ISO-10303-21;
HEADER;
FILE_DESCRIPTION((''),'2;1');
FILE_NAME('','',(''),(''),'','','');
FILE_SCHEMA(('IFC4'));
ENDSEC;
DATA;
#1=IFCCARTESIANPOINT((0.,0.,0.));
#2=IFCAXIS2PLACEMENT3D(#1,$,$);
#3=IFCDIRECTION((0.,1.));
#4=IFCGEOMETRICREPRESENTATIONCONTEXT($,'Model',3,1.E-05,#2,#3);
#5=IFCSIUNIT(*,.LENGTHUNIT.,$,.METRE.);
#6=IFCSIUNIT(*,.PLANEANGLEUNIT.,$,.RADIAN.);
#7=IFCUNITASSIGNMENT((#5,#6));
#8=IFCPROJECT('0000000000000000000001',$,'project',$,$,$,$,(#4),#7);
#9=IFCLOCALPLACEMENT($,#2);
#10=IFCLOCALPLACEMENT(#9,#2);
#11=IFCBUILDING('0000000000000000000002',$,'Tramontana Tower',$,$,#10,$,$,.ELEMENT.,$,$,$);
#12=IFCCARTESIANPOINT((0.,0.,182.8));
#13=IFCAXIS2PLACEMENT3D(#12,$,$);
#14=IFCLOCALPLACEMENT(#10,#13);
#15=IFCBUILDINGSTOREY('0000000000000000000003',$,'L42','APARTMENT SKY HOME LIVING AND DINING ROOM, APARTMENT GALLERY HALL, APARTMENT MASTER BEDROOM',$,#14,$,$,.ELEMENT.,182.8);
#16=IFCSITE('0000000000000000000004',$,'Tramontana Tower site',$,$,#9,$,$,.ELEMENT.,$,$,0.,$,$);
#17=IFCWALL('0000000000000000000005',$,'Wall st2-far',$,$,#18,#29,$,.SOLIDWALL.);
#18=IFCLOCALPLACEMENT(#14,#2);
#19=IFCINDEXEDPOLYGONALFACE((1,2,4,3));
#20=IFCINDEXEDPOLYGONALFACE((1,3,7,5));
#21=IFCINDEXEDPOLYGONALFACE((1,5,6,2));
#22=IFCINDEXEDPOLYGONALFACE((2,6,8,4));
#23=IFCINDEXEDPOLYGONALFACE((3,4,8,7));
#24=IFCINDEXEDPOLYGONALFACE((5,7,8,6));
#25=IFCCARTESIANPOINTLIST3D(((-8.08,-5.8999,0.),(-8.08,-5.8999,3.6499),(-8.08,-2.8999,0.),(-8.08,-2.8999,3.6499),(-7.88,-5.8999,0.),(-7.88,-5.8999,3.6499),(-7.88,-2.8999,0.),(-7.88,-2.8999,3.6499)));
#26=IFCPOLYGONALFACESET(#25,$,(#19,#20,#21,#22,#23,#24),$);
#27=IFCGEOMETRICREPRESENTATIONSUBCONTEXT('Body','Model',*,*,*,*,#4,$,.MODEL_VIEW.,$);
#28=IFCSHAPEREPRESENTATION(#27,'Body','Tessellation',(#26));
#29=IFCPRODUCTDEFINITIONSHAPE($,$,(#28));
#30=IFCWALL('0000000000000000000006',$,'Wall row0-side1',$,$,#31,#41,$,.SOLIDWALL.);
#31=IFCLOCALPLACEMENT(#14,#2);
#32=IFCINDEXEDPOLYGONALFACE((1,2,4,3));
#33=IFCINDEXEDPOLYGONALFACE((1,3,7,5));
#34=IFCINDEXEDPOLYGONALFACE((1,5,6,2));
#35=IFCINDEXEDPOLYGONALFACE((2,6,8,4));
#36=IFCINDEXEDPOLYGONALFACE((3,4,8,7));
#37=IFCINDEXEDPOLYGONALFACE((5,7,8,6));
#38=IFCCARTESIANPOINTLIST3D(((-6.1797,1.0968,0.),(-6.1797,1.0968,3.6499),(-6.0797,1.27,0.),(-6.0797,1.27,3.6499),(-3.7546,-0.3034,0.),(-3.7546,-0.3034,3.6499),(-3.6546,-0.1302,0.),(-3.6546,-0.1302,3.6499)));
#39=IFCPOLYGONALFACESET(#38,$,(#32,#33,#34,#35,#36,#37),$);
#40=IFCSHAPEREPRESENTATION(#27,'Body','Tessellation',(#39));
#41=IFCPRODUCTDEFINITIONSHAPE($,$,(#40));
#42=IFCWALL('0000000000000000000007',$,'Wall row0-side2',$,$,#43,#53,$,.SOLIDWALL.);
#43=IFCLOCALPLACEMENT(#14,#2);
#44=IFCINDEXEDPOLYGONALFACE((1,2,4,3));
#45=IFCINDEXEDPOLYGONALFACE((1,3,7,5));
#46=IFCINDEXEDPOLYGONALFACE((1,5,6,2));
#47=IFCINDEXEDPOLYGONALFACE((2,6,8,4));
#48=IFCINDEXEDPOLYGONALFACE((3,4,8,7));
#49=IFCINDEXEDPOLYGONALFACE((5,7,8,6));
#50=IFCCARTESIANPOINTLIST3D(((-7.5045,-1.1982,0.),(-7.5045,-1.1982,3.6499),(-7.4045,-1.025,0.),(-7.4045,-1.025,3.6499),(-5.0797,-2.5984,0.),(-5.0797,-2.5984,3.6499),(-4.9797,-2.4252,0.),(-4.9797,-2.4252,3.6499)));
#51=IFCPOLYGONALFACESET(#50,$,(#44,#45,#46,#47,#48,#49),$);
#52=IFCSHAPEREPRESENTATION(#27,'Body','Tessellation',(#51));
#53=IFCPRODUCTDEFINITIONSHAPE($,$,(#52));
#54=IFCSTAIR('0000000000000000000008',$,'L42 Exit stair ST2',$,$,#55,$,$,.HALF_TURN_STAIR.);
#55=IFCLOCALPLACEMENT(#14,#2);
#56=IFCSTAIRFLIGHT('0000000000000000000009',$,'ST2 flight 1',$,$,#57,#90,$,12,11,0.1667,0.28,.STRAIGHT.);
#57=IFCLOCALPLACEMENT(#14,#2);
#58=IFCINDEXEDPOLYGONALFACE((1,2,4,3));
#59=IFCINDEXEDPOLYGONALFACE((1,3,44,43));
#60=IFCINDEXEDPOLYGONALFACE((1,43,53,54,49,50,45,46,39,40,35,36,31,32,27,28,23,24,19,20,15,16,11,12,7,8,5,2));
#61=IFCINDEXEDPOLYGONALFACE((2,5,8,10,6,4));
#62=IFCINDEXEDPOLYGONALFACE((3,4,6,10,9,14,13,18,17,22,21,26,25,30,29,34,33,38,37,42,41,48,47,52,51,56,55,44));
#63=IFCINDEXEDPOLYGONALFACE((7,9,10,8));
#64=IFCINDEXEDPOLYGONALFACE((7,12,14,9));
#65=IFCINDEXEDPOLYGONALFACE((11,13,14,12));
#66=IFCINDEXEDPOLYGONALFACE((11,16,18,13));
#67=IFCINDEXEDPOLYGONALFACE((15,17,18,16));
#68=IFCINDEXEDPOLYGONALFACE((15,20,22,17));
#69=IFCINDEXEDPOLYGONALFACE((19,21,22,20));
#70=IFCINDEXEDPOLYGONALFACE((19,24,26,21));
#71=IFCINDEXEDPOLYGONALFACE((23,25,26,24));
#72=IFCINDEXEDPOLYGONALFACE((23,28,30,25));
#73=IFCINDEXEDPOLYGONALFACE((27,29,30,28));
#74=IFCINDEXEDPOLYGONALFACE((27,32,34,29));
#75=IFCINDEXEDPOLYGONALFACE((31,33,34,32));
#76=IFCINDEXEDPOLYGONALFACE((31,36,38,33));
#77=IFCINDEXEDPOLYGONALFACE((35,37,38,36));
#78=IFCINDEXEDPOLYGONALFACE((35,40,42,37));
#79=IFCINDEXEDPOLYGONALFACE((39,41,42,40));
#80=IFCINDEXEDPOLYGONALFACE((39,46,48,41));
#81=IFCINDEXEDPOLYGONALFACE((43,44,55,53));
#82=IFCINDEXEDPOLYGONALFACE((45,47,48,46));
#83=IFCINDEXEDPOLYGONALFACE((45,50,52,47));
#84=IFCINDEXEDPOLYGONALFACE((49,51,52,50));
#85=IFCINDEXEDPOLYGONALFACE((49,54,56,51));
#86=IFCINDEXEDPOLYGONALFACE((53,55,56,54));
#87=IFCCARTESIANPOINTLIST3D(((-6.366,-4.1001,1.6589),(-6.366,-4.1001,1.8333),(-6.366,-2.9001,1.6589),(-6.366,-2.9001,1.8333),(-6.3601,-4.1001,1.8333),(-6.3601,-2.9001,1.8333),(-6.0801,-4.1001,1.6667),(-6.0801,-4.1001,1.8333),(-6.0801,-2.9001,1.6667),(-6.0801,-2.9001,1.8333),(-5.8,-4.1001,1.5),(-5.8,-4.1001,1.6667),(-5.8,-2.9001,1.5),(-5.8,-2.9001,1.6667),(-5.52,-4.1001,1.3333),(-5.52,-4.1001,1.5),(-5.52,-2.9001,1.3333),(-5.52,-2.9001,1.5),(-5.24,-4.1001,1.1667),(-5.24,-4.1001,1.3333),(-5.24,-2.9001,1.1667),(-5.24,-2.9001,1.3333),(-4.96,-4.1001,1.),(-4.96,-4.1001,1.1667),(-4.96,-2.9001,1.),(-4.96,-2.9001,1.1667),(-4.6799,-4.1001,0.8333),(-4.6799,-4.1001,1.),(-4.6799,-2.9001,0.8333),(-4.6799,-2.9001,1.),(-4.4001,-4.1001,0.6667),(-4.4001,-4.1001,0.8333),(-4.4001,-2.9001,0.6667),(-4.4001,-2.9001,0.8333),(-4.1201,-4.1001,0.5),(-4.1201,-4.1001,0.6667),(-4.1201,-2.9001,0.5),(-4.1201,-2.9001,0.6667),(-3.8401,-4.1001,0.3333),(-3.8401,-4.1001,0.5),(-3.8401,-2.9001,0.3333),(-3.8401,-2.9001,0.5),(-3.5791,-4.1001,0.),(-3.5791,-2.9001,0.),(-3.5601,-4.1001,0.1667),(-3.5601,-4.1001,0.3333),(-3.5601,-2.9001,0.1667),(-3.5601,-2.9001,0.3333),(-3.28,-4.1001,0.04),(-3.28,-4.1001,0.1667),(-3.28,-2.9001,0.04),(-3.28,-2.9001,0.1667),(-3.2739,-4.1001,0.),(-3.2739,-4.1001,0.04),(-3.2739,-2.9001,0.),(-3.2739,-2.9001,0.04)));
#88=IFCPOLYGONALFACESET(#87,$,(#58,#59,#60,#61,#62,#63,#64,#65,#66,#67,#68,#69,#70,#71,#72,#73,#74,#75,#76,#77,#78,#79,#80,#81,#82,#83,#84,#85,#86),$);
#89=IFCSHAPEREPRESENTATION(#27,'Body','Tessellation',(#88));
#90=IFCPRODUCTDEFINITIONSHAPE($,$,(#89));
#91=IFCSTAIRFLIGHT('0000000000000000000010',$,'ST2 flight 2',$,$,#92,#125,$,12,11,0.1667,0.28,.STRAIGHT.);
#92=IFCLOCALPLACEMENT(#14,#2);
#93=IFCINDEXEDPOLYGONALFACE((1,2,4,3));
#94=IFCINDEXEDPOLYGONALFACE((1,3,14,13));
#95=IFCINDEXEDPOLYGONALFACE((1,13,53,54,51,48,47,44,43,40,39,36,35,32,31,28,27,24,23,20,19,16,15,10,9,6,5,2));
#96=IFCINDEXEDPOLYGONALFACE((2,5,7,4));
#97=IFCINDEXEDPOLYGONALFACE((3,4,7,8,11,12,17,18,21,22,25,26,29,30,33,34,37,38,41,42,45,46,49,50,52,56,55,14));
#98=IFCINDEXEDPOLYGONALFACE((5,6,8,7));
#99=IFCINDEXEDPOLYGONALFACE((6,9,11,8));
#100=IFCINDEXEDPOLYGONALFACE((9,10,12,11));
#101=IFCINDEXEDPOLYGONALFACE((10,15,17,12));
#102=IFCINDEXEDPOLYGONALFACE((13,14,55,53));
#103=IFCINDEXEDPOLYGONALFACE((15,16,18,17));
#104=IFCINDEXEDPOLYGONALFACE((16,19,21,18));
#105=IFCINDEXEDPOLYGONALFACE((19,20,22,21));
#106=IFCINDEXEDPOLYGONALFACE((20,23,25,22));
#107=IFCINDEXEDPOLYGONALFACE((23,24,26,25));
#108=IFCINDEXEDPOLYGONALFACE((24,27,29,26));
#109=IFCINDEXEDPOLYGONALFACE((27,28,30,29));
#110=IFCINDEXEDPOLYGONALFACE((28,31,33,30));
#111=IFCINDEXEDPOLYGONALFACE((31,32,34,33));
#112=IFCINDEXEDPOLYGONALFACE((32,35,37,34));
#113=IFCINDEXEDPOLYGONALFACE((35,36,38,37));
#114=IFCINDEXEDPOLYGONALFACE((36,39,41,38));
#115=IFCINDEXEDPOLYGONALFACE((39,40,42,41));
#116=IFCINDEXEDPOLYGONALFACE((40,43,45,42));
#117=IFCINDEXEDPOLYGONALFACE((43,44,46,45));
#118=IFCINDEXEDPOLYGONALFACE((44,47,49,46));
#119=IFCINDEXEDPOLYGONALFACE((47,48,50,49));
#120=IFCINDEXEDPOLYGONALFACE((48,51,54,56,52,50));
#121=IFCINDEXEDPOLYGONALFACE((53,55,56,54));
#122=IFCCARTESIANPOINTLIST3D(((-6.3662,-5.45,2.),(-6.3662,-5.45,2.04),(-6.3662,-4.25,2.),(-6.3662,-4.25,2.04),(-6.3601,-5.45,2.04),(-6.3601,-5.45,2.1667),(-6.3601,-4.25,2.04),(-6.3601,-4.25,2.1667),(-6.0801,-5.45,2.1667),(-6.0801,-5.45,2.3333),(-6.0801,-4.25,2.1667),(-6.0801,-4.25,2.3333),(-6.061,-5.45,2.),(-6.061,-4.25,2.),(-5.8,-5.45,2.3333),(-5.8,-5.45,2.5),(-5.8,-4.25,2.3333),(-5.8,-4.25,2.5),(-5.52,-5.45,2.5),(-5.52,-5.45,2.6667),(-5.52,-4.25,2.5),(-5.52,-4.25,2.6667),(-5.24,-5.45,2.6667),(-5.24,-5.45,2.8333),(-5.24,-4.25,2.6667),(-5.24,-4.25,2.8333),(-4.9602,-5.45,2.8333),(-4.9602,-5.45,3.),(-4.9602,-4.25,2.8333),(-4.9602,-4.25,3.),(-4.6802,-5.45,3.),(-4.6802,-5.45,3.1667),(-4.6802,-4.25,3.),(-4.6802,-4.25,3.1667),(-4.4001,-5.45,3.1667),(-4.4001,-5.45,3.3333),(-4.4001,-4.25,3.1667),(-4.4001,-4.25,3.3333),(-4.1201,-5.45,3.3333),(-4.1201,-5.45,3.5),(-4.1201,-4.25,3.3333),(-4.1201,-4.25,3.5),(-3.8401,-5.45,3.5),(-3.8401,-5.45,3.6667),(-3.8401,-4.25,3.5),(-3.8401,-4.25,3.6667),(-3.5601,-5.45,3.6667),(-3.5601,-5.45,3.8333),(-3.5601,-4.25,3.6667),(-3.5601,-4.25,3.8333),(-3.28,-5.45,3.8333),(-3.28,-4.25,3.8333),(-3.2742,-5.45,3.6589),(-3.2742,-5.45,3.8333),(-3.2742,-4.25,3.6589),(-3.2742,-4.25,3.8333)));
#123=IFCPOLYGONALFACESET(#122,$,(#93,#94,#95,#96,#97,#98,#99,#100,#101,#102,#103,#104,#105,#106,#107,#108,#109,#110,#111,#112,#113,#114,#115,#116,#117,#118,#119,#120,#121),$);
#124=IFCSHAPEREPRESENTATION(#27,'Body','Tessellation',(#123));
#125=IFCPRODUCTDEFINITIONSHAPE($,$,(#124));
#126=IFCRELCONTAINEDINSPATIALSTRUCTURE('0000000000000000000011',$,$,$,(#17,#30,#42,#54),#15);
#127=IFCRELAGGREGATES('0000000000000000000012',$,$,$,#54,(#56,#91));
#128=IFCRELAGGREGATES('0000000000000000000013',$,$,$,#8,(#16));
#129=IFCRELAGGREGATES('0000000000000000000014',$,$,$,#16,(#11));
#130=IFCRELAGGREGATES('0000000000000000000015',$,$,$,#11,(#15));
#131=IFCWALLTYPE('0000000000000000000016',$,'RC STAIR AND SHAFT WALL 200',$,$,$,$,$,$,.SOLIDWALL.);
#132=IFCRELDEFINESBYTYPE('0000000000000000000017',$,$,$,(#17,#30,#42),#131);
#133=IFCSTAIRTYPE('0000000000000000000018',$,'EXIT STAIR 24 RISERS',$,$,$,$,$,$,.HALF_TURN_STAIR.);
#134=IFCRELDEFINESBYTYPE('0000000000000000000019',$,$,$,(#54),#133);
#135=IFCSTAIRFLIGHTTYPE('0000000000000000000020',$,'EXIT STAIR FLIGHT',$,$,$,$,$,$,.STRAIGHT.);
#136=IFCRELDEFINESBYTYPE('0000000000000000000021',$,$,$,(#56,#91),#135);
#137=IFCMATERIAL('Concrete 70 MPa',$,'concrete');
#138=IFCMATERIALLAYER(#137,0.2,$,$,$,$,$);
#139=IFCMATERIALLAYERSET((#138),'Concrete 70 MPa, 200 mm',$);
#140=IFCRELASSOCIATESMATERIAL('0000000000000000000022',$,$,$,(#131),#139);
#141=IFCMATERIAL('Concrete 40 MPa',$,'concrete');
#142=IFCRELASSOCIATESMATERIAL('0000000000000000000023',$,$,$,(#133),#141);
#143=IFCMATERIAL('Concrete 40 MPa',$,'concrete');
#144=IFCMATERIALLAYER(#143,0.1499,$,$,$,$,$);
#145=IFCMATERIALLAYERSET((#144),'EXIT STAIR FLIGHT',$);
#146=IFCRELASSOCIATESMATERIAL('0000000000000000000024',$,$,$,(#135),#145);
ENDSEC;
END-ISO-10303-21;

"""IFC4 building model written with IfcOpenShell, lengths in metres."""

from ifc_helpers import new_model, si_unit, direction, frame, frame_2d, origin, place, context, subcontext, project, spatial, polyline, rectangle, outline, extrude, material, layer, layer_set, type_object, element, aggregate, save


model = new_model("IFC4")

# Units and contexts
model_context = context("Model", 3, precision=1e-05, world=origin(), true_north=direction((0.0, 1.0)))
body_context = subcontext(model_context, "Body", "Model", "MODEL_VIEW")
ifc_project = project(units=[si_unit("LENGTHUNIT", "METRE"), si_unit("PLANEANGLEUNIT", "RADIAN")], contexts=[model_context])

# Site, building, storey
site_placement = place(None, origin())
site = spatial("IfcSite", under=ifc_project, at=site_placement, Name="Tramontana Tower site", CompositionType="ELEMENT", RefElevation=0.0)
building_placement = place(site_placement, origin())
building = spatial("IfcBuilding", under=site, at=building_placement, Name="Tramontana Tower", CompositionType="ELEMENT")
storey_placement = place(building_placement, frame((0.0, 0.0, 182.8)))
storey = spatial("IfcBuildingStorey", under=building, at=storey_placement, Name="L42", Description="APARTMENT SKY HOME LIVING AND DINING ROOM, APARTMENT GALLERY HALL, APARTMENT MASTER BEDROOM", CompositionType="ELEMENT", Elevation=182.8)

# Walls
ifc_material_1 = material(Name="Concrete 70 MPa", Category="concrete")
ifc_layer_1 = layer(ifc_material_1, 0.2)
ifc_layer_set_1 = layer_set([ifc_layer_1], Name="Concrete 70 MPa, 200 mm")
wall_type_1 = type_object("IfcWallType", Name="RC STAIR AND SHAFT WALL 200", PredefinedType="SOLIDWALL", material=ifc_layer_set_1)
wall_1_placement = place(storey_placement, frame((-7.98, -2.8999, 0.0), z_axis=(0.0, 0.0, 1.0), x_axis=(0.0, -1.0, 0.0)))
element("IfcWall", 1, at=wall_1_placement, inside=storey, type_object=wall_type_1, Name="Wall st2-far", PredefinedType="SOLIDWALL", context=body_context, shape_type="SweptSolid", body=[
    extrude(rectangle(XDim=3.0, YDim=0.2, at=frame_2d((1.5, 0.0))), origin(), (0.0, 0.0, 1.0), 3.6499),
])
wall_2_placement = place(storey_placement, frame((-3.7046, -0.2168, 0.0), z_axis=(0.0, 0.0, 1.0), x_axis=(-0.866019, 0.500012, 0.0)))
element("IfcWall", 2, at=wall_2_placement, inside=storey, type_object=wall_type_1, Name="Wall row0-side1", PredefinedType="SOLIDWALL", context=body_context, shape_type="SweptSolid", body=[
    extrude(rectangle(XDim=2.8003, YDim=0.2, at=frame_2d((1.4001, 0.0))), origin(), (0.0, 0.0, 1.0), 3.6499),
])
wall_3_placement = place(storey_placement, frame((-5.0298, -2.5117, 0.0), z_axis=(0.0, 0.0, 1.0), x_axis=(-0.865997, 0.50005, 0.0)))
element("IfcWall", 3, at=wall_3_placement, inside=storey, type_object=wall_type_1, Name="Wall row0-side2", PredefinedType="SOLIDWALL", context=body_context, shape_type="SweptSolid", body=[
    extrude(rectangle(XDim=2.8, YDim=0.2, at=frame_2d((1.3999, 0.0))), origin(), (0.0, 0.0, 1.0), 3.6499),
])

# Stair, stair flights
ifc_material_2 = material(Name="Concrete 40 MPa", Category="concrete")
stair_type = type_object("IfcStairType", Name="EXIT STAIR 24 RISERS", PredefinedType="HALF_TURN_STAIR", material=ifc_material_2)
stair_placement = place(storey_placement, origin())
stair = element("IfcStair", 4, at=stair_placement, inside=storey, type_object=stair_type, Name="L42 Exit stair ST2", PredefinedType="HALF_TURN_STAIR")
ifc_material_3 = material(Name="Concrete 40 MPa", Category="concrete")
ifc_layer_2 = layer(ifc_material_3, 0.1499)
ifc_layer_set_2 = layer_set([ifc_layer_2], Name="EXIT STAIR FLIGHT")
stair_flight_type = type_object("IfcStairFlightType", Name="EXIT STAIR FLIGHT", PredefinedType="STRAIGHT", material=ifc_layer_set_2)
stair_flight_1_placement = place(storey_placement, frame((-3.28, -3.5, 0.0), z_axis=(0.0, 0.0, 1.0), x_axis=(-1.0, 0.0, 0.0)))
stair_flight_1 = element("IfcStairFlight", 5, at=stair_flight_1_placement, type_object=stair_flight_type, Name="ST2 flight 1", NumberOfRisers=12, NumberOfTreads=11, PredefinedType="STRAIGHT", RiserHeight=0.1667, TreadLength=0.28, context=body_context, shape_type="SweptSolid", body=[
    extrude(outline(polyline([(-0.0061, 0.0), (-0.0061, 0.04), (0.0, 0.04), (0.0, 0.1667), (0.28, 0.1667), (0.28, 0.3333), (0.5601, 0.3333), (0.5601, 0.5), (0.8401, 0.5), (0.8401, 0.6667), (1.1201, 0.6667), (1.1201, 0.8333), (1.3999, 0.8333), (1.3999, 1.0), (1.6799, 1.0), (1.6799, 1.1667), (1.96, 1.1667), (1.96, 1.3333), (2.24, 1.3333), (2.24, 1.5), (2.52, 1.5), (2.52, 1.6667), (2.8, 1.6667), (2.8, 1.8333), (3.0801, 1.8333), (3.0859, 1.8333), (3.0859, 1.6589), (0.2991, 0.0), (-0.0061, 0.0)])), frame((0.0, 0.6001, 0.0), z_axis=(0.0, -1.0, 0.0), x_axis=(1.0, 0.0, 0.0)), (0.0, 0.0, 1.0), 1.2),
])
stair_flight_2_placement = place(storey_placement, frame((-6.3601, -4.8501, 2.0), z_axis=(0.0, 0.0, 1.0), x_axis=(1.0, 0.0, 0.0)))
stair_flight_2 = element("IfcStairFlight", 6, at=stair_flight_2_placement, type_object=stair_flight_type, Name="ST2 flight 2", NumberOfRisers=12, NumberOfTreads=11, PredefinedType="STRAIGHT", RiserHeight=0.1667, TreadLength=0.28, context=body_context, shape_type="SweptSolid", body=[
    extrude(outline(polyline([(-0.0061, 0.0), (-0.0061, 0.04), (0.0, 0.04), (0.0, 0.1667), (0.28, 0.1667), (0.28, 0.3333), (0.5601, 0.3333), (0.5601, 0.5), (0.8401, 0.5), (0.8401, 0.6667), (1.1201, 0.6667), (1.1201, 0.8333), (1.3999, 0.8333), (1.3999, 1.0), (1.6799, 1.0), (1.6799, 1.1667), (1.96, 1.1667), (1.96, 1.3333), (2.24, 1.3333), (2.24, 1.5), (2.52, 1.5), (2.52, 1.6667), (2.8, 1.6667), (2.8, 1.8333), (3.0801, 1.8333), (3.0859, 1.8333), (3.0859, 1.6589), (0.2991, 0.0), (-0.0061, 0.0)])), frame((0.0, 0.6001, 0.0), z_axis=(0.0, -1.0, 0.0), x_axis=(1.0, 0.0, 0.0)), (0.0, 0.0, 1.0), 1.2),
])
aggregate(stair, [stair_flight_1, stair_flight_2])

save(model, "model.ifc")
